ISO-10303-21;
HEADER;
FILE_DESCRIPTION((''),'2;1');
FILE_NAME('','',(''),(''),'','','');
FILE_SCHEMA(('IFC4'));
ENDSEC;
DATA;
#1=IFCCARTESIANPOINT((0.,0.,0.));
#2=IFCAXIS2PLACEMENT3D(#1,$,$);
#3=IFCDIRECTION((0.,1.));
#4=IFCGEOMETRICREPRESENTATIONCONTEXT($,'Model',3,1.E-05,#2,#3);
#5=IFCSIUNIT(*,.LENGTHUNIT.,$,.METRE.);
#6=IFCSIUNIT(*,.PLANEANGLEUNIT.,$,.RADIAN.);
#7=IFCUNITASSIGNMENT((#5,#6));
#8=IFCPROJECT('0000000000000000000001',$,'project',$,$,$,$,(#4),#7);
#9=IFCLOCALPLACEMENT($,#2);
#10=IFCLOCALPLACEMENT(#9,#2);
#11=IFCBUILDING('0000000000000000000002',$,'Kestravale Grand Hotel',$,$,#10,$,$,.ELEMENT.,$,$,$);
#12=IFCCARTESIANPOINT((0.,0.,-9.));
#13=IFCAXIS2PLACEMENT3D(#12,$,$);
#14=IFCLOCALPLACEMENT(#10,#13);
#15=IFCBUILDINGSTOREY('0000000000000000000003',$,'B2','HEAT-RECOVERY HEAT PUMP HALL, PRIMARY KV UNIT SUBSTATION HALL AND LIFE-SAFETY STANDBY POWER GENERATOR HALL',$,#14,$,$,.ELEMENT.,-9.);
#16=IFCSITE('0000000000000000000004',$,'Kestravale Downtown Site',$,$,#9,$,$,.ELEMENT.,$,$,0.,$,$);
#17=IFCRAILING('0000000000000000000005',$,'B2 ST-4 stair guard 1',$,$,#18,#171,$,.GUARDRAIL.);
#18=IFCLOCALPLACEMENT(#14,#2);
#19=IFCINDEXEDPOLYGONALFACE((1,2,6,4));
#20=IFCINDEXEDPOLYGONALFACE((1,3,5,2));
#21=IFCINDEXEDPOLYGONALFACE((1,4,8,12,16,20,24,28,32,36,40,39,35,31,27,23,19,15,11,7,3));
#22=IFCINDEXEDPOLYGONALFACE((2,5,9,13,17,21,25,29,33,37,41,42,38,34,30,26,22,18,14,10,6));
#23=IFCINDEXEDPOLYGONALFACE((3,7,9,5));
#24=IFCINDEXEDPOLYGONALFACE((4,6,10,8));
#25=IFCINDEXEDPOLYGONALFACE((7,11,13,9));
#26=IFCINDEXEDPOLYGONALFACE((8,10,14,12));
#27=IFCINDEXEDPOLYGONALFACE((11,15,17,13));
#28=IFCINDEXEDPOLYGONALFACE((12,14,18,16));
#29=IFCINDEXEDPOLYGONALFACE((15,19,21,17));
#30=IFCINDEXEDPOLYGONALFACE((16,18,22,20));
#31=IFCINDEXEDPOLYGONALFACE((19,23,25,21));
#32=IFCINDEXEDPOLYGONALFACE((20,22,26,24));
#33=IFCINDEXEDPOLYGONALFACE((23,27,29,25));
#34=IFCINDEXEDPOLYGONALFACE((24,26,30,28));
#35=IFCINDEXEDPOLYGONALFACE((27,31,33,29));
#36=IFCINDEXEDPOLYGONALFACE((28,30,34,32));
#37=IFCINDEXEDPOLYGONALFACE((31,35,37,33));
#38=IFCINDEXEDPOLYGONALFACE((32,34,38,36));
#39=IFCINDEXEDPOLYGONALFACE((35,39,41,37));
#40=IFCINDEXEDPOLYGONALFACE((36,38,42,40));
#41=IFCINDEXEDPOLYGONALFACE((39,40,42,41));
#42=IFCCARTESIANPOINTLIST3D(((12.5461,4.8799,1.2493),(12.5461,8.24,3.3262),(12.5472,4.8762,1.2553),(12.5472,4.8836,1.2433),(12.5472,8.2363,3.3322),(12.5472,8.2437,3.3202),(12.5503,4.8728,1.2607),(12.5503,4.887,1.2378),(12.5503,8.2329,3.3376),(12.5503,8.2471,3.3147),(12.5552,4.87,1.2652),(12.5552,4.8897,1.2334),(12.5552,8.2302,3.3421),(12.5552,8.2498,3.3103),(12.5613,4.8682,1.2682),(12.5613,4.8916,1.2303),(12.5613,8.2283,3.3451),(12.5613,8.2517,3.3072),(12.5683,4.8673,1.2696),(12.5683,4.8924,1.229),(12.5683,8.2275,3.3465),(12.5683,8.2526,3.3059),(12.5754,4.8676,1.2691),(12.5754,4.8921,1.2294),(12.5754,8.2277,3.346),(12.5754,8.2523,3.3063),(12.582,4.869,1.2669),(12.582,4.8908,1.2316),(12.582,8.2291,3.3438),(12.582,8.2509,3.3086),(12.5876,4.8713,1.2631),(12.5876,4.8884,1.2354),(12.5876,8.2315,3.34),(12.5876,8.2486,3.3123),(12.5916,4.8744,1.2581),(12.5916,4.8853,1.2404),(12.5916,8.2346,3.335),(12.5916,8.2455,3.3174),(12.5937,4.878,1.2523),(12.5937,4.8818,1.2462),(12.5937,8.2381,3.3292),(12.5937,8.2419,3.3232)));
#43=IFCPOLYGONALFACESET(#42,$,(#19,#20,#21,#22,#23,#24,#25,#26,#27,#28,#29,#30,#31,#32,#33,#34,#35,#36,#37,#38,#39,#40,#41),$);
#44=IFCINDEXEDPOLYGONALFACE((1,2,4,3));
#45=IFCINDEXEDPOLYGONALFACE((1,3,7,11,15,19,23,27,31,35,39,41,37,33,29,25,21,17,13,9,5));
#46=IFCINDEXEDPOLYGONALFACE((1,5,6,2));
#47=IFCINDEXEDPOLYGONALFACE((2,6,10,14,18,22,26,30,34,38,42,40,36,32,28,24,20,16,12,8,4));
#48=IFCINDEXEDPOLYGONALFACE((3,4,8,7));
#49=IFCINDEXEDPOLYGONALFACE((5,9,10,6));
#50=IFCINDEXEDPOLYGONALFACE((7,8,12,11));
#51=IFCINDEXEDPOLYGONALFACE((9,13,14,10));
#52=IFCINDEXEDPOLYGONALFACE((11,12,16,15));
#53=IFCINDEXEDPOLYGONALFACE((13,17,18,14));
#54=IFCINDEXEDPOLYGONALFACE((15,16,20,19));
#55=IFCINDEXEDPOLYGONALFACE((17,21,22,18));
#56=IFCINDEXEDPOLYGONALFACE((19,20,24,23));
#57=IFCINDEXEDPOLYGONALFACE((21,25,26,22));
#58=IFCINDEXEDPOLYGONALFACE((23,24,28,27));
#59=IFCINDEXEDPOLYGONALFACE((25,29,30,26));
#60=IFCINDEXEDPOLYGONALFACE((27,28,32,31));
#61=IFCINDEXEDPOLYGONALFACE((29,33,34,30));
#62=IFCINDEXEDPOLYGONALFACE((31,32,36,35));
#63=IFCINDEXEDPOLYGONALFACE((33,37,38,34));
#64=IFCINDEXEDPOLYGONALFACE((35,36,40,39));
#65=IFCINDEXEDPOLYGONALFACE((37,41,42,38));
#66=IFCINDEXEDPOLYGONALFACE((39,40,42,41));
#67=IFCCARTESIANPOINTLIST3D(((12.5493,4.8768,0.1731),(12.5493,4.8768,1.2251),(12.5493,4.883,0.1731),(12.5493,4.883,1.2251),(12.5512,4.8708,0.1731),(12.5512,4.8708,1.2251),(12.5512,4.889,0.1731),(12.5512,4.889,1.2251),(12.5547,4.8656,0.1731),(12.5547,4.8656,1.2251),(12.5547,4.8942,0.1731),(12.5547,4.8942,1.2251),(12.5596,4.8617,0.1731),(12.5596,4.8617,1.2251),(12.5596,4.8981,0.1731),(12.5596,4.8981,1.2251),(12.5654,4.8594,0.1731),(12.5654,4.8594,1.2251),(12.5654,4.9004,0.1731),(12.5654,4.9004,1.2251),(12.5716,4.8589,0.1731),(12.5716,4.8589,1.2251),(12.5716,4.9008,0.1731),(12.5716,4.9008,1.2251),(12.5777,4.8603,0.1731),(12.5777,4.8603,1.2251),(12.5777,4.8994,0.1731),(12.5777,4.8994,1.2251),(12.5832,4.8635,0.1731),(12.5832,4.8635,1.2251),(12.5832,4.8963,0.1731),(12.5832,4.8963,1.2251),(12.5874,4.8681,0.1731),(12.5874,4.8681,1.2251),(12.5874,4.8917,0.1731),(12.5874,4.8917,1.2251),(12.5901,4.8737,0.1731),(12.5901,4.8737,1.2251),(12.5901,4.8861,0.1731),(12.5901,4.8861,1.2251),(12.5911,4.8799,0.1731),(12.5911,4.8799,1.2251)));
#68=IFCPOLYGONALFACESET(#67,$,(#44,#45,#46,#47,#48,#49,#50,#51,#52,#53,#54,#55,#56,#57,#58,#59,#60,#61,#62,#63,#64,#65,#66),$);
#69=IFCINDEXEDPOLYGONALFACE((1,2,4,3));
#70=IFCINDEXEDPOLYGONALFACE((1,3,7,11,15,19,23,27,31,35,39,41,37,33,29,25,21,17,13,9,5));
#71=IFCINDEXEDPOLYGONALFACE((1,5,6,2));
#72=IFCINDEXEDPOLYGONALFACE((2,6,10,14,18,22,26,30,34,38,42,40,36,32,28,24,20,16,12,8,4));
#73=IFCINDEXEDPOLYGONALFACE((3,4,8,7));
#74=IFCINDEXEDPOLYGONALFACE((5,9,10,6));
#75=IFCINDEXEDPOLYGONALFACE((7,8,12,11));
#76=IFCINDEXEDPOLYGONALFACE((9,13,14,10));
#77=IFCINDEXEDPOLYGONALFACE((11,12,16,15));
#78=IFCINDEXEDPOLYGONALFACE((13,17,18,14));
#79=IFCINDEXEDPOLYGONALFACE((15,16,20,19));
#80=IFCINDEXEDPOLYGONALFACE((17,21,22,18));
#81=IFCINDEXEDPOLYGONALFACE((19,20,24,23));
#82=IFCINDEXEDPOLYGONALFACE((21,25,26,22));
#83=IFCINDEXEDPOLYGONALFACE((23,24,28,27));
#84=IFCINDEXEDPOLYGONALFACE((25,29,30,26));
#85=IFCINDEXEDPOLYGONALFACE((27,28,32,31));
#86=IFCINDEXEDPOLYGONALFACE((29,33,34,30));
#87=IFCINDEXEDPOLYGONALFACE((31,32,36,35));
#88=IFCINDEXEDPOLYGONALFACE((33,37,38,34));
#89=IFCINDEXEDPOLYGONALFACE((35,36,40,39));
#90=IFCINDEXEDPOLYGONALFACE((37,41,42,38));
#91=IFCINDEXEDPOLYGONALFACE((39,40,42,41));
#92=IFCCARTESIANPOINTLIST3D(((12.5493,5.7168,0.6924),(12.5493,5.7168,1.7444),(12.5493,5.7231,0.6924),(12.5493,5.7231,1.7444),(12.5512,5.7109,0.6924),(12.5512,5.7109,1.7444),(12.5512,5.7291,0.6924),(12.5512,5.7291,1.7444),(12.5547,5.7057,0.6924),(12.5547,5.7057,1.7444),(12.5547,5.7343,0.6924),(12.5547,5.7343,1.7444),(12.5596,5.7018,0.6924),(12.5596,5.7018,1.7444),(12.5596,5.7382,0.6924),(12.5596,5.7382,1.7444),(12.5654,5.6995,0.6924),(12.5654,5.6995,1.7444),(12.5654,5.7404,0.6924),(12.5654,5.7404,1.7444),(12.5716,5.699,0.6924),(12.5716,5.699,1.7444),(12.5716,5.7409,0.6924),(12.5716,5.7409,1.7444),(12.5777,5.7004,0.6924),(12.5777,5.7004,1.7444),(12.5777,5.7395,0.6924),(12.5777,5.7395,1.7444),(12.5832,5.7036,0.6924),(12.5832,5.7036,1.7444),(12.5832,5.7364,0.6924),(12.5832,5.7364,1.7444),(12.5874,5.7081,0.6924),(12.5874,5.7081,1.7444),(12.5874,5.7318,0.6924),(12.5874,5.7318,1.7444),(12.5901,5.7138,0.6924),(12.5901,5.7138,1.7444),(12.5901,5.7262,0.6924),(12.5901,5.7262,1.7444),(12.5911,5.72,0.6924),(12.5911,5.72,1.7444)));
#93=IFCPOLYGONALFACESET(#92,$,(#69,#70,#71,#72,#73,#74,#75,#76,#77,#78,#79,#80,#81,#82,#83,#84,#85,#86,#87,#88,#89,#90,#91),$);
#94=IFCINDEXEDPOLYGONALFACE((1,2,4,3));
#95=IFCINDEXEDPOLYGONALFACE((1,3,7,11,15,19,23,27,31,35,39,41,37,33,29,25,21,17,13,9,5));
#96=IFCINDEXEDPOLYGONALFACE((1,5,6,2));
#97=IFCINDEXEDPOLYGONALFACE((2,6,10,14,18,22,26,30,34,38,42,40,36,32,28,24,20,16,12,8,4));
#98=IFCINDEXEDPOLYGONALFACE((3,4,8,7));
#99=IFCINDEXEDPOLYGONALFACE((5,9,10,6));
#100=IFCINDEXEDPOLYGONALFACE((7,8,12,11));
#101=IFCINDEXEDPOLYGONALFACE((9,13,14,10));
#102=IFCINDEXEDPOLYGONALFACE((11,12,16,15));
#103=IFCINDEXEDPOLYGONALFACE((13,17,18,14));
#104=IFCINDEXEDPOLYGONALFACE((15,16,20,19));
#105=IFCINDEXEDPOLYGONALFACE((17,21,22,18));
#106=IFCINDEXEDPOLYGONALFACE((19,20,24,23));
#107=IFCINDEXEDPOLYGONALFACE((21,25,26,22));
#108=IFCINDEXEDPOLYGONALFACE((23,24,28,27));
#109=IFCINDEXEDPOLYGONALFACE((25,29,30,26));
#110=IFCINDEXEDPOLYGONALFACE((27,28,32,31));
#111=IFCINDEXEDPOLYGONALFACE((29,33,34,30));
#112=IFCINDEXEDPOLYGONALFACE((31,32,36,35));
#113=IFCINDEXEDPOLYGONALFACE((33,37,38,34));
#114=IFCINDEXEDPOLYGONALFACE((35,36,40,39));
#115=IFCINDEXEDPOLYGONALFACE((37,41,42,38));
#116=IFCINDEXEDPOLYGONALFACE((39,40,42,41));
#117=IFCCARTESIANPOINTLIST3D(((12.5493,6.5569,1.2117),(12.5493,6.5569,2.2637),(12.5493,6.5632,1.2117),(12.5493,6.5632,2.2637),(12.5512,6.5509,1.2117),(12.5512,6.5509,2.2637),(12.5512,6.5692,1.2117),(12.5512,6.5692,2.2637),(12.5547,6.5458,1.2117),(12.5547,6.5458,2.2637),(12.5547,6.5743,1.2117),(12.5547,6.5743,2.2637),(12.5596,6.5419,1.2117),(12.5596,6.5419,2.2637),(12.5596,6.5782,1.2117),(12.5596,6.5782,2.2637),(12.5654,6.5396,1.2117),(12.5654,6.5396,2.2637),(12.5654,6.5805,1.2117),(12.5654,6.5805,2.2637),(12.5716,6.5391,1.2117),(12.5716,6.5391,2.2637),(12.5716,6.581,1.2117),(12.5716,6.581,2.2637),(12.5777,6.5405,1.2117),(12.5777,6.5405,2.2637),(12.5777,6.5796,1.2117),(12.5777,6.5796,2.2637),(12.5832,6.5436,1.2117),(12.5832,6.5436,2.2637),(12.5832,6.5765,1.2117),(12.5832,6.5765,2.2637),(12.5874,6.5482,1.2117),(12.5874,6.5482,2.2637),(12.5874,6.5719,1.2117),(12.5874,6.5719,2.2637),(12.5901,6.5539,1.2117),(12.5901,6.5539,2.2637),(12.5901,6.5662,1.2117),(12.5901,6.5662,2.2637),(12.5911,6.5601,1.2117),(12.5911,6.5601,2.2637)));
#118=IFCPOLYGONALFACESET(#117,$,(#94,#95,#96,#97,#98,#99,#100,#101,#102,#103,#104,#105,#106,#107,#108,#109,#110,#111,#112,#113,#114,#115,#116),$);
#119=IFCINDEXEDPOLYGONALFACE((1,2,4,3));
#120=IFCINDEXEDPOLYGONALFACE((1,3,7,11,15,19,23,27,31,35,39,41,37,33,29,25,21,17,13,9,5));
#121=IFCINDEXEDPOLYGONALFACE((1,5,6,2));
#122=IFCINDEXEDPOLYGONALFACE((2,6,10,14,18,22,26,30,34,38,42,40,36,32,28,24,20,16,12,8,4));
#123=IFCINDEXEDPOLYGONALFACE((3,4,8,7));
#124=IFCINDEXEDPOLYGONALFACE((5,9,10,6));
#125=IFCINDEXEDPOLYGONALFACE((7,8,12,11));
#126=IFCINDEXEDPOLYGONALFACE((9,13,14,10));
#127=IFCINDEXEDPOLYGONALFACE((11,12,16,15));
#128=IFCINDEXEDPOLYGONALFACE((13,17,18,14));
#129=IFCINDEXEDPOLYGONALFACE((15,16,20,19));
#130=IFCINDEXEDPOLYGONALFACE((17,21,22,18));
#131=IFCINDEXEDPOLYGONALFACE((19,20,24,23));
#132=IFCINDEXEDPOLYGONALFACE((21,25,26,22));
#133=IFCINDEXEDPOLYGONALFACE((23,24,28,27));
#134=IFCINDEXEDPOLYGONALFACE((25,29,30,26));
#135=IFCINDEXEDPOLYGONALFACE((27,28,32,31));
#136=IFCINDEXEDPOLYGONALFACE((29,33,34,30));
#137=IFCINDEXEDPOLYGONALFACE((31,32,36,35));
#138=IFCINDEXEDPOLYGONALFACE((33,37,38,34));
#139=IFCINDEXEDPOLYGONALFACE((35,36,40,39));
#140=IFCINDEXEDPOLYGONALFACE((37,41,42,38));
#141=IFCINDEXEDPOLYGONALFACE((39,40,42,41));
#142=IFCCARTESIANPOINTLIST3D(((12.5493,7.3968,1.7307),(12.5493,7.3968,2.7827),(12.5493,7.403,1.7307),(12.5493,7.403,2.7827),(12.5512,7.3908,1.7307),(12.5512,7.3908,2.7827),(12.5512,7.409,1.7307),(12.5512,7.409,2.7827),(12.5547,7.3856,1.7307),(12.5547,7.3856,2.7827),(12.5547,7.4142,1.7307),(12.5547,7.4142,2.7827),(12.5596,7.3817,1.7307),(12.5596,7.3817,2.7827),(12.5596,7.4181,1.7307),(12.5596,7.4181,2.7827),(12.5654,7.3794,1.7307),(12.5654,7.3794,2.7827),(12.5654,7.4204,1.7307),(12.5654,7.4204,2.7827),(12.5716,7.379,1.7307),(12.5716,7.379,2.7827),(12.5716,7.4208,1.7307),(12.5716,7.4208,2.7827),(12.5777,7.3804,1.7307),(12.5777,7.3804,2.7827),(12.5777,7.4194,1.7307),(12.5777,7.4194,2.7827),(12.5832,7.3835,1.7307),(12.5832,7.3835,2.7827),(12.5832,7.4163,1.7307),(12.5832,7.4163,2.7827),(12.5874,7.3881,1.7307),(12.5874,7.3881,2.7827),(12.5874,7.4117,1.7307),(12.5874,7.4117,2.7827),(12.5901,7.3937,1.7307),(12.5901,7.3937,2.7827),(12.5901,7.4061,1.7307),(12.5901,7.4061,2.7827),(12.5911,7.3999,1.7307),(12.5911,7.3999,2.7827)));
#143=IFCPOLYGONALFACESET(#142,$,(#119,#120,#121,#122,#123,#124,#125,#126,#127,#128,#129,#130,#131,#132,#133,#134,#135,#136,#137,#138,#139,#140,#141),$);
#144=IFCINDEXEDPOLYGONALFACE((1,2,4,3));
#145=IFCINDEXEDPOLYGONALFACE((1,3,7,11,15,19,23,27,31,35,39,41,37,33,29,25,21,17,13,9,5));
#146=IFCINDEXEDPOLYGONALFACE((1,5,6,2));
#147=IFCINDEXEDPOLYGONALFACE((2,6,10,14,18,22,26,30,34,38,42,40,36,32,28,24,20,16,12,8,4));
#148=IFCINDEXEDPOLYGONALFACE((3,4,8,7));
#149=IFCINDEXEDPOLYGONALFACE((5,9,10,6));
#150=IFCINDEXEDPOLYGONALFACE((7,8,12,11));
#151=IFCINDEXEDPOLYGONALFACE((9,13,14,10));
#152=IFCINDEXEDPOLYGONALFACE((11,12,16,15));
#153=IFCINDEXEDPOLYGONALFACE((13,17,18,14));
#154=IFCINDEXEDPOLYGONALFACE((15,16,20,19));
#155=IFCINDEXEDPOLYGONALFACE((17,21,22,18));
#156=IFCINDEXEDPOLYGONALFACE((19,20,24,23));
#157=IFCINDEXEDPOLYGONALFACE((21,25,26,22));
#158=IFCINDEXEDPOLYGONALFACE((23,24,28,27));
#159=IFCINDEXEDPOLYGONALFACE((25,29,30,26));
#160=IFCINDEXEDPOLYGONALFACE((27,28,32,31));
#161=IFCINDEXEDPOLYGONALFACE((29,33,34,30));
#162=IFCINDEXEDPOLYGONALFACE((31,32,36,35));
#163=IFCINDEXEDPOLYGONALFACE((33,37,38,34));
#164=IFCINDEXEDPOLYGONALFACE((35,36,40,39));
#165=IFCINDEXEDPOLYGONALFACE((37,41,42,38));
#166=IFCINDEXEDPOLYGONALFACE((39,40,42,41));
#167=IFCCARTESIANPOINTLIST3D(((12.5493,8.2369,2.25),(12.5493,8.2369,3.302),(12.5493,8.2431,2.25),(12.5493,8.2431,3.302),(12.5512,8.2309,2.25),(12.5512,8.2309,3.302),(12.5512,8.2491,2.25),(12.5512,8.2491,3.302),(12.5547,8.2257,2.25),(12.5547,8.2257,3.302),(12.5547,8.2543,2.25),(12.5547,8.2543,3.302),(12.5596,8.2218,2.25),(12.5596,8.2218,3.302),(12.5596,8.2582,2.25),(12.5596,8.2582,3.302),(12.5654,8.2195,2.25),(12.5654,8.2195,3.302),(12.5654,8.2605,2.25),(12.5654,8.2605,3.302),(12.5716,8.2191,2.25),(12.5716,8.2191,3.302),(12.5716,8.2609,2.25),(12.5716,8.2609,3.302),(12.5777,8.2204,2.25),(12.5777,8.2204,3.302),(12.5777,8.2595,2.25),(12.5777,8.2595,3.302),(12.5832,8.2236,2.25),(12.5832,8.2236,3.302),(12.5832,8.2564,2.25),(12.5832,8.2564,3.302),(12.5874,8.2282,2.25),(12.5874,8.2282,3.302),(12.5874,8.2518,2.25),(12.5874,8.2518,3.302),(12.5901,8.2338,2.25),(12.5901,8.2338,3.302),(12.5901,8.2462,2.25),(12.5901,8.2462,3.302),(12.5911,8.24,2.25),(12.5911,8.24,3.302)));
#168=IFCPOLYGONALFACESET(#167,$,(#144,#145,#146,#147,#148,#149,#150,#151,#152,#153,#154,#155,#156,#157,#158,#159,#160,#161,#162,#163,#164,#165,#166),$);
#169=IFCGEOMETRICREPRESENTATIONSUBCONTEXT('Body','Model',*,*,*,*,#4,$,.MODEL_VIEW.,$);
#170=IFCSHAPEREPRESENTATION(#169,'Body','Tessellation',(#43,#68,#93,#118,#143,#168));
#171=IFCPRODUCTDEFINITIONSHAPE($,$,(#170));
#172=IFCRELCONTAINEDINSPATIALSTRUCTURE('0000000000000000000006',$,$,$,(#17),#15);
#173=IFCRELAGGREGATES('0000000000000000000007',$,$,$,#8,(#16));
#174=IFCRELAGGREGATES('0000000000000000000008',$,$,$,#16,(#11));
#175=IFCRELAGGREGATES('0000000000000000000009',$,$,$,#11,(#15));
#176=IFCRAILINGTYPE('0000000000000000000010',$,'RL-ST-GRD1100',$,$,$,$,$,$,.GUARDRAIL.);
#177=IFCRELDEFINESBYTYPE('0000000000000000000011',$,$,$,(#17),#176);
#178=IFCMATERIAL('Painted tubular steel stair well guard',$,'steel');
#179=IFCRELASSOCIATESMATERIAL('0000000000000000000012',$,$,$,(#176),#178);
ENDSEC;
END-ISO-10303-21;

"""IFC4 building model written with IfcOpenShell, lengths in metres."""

from ifc_helpers import new_model, si_unit, direction, frame, origin, origin_2d, place, context, subcontext, project, spatial, circle, extrude, material, type_object, element, save


model = new_model("IFC4")

# Units and contexts
model_context = context("Model", 3, precision=1e-05, world=origin(), true_north=direction((0.0, 1.0)))
body_context = subcontext(model_context, "Body", "Model", "MODEL_VIEW")
ifc_project = project(units=[si_unit("LENGTHUNIT", "METRE"), si_unit("PLANEANGLEUNIT", "RADIAN")], contexts=[model_context])

# Site, building, storey
site_placement = place(None, origin())
site = spatial("IfcSite", under=ifc_project, at=site_placement, Name="Kestravale Downtown Site", CompositionType="ELEMENT", RefElevation=0.0)
building_placement = place(site_placement, origin())
building = spatial("IfcBuilding", under=site, at=building_placement, Name="Kestravale Grand Hotel", CompositionType="ELEMENT")
storey_placement = place(building_placement, frame((0.0, 0.0, -9.0)))
storey = spatial("IfcBuildingStorey", under=building, at=storey_placement, Name="B2", Description="HEAT-RECOVERY HEAT PUMP HALL, PRIMARY KV UNIT SUBSTATION HALL AND LIFE-SAFETY STANDBY POWER GENERATOR HALL", CompositionType="ELEMENT", Elevation=-9.0)

# Railing
ifc_material_1 = material(Name="Painted tubular steel stair well guard", Category="steel")
railing_type_1 = type_object("IfcRailingType", Name="RL-ST-GRD1100", PredefinedType="GUARDRAIL", material=ifc_material_1)
railing_1_placement = place(storey_placement, frame((12.5701, 4.8799, 0.1731)))
element("IfcRailing", 1, at=railing_1_placement, inside=storey, type_object=railing_type_1, Name="B2 ST-4 stair guard 1", PredefinedType="GUARDRAIL", context=body_context, shape_type="SweptSolid", body=[
    extrude(circle(Radius=0.0239, at=origin_2d()), frame((0.0, 0.0, 1.0762), z_axis=(0.0, 0.850623, 0.525776), x_axis=(-1.0, 0.0, 0.0)), (0.0, 0.0, 1.0), 3.9502),
    extrude(circle(Radius=0.021, at=origin_2d()), origin(), (0.0, 0.0, 1.0), 1.052),
    extrude(circle(Radius=0.021, at=origin_2d()), frame((0.0, 0.8401, 0.5193)), (0.0, 0.0, 1.0), 1.052),
    extrude(circle(Radius=0.021, at=origin_2d()), frame((0.0, 1.6802, 1.0386)), (0.0, 0.0, 1.0), 1.052),
    extrude(circle(Radius=0.021, at=origin_2d()), frame((0.0, 2.52, 1.5576)), (0.0, 0.0, 1.0), 1.052),
    extrude(circle(Radius=0.021, at=origin_2d()), frame((0.0, 3.3601, 2.0769)), (0.0, 0.0, 1.0), 1.052),
])

save(model, "model.ifc")
